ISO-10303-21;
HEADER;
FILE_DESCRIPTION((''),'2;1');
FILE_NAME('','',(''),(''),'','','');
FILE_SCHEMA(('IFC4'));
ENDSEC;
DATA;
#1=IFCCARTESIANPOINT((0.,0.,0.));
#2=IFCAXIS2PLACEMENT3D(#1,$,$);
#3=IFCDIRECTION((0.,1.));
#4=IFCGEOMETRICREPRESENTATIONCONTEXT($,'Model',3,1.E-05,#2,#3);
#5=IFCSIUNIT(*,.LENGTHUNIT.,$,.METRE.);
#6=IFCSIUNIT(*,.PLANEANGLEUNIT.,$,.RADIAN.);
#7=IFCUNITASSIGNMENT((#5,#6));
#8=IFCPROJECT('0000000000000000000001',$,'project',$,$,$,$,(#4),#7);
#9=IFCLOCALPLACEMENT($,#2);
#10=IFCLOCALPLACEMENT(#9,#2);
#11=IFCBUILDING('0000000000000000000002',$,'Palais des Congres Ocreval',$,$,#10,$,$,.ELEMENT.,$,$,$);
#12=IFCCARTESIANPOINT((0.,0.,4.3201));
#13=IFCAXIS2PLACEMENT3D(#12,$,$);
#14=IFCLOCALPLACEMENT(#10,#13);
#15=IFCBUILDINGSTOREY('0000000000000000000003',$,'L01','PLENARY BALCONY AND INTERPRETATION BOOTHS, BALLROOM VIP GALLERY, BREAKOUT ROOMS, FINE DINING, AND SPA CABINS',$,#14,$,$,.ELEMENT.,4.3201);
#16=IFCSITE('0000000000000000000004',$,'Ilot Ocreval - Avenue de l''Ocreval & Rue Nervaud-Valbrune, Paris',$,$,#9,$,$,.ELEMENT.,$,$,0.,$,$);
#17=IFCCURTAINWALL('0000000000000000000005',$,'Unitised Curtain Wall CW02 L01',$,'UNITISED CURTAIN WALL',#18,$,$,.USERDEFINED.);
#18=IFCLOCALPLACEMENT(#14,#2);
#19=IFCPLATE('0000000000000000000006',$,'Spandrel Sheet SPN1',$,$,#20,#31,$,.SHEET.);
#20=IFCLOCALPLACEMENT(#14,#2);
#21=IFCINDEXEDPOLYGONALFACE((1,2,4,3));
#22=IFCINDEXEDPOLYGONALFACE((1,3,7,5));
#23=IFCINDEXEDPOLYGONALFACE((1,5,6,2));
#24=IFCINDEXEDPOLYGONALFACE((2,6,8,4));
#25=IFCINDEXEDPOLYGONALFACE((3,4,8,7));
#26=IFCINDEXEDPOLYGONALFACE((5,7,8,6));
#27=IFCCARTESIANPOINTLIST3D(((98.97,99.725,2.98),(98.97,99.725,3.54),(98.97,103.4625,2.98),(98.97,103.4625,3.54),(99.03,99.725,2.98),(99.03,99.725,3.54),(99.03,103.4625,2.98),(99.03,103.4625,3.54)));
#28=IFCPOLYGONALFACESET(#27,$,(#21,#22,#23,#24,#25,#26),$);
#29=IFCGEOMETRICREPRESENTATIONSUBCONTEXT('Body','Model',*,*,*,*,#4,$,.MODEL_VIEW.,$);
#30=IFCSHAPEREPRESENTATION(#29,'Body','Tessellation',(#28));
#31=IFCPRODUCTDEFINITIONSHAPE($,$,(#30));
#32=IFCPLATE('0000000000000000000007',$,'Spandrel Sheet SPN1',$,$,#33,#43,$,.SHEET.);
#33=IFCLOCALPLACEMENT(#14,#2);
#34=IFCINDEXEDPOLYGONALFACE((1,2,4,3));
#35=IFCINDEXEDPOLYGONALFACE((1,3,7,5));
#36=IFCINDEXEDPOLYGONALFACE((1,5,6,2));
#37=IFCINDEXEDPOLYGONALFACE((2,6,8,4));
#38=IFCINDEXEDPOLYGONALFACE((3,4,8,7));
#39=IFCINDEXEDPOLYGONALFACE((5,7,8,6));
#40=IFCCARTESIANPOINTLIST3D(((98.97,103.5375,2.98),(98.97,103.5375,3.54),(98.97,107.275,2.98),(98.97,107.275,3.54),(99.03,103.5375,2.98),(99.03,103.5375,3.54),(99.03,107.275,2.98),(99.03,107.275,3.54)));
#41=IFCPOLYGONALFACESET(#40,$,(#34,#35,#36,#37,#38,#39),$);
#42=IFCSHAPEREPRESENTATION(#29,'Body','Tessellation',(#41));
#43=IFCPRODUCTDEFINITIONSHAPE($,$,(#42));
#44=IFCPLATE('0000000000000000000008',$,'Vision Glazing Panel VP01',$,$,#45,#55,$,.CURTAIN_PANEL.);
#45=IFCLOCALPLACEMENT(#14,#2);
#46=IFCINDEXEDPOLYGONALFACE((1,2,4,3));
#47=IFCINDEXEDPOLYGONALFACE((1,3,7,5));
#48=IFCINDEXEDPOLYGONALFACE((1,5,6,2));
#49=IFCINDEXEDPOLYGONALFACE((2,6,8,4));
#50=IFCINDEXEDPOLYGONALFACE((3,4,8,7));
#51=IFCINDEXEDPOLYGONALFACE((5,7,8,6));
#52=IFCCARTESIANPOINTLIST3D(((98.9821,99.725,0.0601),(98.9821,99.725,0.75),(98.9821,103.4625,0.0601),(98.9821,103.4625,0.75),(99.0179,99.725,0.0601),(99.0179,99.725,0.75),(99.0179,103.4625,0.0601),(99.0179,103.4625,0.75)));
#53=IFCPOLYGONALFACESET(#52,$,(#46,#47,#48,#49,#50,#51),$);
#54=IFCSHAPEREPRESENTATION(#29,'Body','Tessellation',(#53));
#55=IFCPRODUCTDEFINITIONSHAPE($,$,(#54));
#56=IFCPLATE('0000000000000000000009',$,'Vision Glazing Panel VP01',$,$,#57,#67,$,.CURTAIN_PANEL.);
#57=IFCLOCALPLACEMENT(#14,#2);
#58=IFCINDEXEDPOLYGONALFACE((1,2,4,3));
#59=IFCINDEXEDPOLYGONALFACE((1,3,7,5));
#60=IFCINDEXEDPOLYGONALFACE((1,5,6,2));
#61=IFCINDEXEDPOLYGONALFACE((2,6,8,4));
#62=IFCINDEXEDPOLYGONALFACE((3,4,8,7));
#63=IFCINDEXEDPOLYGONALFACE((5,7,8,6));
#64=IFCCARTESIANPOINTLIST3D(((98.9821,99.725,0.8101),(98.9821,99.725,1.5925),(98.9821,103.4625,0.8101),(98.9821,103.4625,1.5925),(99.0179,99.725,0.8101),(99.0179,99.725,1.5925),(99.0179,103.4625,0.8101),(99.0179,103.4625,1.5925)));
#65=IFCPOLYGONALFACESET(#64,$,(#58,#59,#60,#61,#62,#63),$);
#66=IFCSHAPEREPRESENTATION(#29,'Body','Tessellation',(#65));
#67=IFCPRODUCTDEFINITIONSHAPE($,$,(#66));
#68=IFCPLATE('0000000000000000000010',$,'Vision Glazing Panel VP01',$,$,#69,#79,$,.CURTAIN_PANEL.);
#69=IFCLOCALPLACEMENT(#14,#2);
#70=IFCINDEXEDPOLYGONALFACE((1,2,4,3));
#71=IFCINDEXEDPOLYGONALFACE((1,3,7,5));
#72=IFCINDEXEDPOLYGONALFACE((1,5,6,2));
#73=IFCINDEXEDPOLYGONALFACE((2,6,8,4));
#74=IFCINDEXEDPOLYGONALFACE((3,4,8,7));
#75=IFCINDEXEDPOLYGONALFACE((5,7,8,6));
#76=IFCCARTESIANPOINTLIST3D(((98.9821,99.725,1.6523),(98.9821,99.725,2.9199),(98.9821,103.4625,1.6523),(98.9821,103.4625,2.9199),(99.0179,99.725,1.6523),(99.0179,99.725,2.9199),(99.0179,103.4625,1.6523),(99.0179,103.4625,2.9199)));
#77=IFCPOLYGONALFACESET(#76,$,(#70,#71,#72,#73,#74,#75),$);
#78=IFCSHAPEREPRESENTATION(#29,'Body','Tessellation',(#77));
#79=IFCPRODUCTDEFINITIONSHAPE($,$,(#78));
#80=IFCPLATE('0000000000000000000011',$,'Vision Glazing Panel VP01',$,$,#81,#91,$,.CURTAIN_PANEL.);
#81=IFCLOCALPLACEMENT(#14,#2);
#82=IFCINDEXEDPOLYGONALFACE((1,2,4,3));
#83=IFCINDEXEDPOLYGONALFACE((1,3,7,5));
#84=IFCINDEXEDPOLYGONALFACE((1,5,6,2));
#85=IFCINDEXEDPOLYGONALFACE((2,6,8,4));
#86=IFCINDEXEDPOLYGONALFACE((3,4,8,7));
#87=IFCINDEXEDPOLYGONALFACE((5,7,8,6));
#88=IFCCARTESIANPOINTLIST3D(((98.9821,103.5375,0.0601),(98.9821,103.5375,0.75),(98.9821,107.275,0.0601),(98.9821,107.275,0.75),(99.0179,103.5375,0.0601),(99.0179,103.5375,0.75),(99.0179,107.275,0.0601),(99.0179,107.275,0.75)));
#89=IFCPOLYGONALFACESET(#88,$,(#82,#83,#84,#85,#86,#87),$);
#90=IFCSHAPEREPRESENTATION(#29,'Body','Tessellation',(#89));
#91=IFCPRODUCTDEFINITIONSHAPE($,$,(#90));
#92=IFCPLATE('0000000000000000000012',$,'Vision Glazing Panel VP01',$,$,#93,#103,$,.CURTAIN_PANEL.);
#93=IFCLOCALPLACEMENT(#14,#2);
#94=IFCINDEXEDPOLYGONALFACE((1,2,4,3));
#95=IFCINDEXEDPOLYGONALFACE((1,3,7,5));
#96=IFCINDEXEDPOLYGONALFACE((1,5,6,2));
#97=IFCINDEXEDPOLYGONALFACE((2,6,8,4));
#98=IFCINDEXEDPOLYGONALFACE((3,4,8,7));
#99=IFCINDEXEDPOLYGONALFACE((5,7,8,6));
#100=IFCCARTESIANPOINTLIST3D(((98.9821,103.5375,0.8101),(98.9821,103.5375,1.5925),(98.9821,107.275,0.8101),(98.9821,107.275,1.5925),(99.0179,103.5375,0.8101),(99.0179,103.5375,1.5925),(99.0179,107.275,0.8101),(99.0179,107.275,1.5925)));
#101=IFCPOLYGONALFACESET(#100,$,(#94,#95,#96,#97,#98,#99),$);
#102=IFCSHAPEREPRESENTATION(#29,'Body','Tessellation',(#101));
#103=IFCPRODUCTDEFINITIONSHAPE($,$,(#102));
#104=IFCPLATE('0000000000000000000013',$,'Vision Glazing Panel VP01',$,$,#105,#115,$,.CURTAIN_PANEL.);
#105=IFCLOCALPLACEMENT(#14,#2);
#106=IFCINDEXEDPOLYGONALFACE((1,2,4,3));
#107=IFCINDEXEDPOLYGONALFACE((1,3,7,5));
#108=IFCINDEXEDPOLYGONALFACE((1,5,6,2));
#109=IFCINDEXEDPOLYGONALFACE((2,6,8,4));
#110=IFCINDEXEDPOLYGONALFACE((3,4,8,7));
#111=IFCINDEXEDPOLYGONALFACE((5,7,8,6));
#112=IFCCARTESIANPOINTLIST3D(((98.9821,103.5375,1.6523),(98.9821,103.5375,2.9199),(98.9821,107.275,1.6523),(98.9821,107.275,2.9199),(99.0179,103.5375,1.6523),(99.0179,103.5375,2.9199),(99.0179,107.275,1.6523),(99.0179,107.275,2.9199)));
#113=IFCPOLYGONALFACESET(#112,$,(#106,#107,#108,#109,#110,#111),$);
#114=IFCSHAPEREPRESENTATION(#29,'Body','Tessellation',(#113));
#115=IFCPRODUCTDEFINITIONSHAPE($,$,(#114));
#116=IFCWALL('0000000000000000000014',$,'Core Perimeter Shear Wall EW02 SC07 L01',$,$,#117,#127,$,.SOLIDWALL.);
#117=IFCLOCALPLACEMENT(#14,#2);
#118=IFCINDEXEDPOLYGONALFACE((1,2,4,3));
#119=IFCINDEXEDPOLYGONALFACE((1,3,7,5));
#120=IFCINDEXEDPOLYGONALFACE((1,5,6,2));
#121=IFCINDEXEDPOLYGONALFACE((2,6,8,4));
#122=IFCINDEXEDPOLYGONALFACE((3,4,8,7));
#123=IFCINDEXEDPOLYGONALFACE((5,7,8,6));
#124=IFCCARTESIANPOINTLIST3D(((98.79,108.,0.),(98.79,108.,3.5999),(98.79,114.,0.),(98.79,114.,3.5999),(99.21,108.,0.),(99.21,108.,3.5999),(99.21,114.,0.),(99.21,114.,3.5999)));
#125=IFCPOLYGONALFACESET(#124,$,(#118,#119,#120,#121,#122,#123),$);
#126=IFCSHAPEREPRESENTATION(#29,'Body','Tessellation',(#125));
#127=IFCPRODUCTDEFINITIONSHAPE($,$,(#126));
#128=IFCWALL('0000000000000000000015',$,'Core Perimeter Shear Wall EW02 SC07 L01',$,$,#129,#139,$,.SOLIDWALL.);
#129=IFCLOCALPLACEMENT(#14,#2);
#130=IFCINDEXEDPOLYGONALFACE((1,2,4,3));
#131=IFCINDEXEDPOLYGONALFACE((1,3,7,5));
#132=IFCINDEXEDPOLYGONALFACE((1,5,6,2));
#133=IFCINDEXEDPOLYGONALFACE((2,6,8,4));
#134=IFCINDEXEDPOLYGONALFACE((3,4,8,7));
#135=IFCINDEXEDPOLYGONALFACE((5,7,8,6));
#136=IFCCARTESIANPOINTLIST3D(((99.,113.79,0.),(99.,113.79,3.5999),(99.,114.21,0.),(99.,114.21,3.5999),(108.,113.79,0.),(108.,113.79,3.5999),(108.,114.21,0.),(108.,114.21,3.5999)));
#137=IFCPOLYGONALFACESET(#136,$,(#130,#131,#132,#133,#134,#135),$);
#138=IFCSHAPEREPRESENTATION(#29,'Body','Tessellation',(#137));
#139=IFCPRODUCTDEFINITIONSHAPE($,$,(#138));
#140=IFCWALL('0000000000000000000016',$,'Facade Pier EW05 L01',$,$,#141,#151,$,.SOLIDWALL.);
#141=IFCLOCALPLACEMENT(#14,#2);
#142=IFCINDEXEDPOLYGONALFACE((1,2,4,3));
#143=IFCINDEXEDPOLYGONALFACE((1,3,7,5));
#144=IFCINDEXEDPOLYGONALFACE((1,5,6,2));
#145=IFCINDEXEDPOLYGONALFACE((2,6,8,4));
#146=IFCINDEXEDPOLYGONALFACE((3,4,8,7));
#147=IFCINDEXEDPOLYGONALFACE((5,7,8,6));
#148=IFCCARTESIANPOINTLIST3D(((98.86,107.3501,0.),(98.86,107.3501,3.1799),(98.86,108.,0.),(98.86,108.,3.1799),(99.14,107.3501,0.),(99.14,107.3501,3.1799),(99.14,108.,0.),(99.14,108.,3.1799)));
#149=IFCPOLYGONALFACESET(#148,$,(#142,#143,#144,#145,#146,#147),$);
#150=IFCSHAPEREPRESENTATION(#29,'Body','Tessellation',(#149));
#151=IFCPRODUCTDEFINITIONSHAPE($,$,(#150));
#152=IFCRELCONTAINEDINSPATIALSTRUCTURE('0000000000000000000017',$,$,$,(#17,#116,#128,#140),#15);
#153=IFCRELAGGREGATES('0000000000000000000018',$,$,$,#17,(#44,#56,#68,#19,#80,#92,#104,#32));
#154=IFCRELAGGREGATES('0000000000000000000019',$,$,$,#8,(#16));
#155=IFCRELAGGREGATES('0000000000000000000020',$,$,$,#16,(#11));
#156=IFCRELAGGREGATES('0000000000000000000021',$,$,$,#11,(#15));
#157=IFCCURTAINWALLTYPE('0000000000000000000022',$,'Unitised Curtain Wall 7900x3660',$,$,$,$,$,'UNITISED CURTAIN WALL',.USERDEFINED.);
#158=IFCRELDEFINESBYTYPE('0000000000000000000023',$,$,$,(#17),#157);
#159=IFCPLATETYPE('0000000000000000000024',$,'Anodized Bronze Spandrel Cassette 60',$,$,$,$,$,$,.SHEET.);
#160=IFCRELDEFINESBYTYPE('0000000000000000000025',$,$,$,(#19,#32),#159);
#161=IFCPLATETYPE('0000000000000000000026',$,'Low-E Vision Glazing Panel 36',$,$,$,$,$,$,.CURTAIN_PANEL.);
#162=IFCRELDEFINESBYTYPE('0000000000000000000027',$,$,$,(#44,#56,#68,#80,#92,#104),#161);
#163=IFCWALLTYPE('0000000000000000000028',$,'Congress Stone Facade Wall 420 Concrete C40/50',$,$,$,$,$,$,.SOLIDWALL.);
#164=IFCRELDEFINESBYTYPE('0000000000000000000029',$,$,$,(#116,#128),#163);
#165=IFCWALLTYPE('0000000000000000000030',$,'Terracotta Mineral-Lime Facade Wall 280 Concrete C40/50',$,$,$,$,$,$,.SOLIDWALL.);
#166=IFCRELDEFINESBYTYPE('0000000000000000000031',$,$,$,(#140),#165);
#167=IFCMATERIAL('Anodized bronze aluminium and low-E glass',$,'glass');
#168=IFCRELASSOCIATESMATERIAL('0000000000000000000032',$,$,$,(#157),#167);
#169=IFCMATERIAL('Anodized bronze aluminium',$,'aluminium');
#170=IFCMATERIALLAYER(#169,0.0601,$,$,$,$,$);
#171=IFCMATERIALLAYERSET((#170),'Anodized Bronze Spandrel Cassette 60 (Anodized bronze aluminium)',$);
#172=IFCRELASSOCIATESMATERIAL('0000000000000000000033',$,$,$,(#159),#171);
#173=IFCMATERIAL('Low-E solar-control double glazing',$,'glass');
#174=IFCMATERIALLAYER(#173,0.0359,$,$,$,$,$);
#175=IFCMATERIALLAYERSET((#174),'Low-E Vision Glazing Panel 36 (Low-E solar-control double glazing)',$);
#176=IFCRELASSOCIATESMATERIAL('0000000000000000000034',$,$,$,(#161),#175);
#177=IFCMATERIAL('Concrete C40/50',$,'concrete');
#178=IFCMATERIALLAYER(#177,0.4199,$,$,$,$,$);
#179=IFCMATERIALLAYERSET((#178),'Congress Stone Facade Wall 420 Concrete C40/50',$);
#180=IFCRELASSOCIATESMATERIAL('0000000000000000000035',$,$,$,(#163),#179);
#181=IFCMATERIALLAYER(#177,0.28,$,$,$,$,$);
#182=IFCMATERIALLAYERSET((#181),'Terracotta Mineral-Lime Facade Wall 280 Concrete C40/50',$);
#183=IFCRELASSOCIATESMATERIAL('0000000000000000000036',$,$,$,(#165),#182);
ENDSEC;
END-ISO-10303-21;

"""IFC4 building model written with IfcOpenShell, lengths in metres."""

from ifc_helpers import new_model, si_unit, direction, frame, frame_2d, origin, origin_2d, place, context, subcontext, project, spatial, rectangle, extrude, material, layer, layer_set, type_object, element, aggregate, save


model = new_model("IFC4")

# Units and contexts
model_context = context("Model", 3, precision=1e-05, world=origin(), true_north=direction((0.0, 1.0)))
body_context = subcontext(model_context, "Body", "Model", "MODEL_VIEW")
ifc_project = project(units=[si_unit("LENGTHUNIT", "METRE"), si_unit("PLANEANGLEUNIT", "RADIAN")], contexts=[model_context])

# Site, building, storey
site_placement = place(None, origin())
site = spatial("IfcSite", under=ifc_project, at=site_placement, Name="Ilot Ocreval - Avenue de l'Ocreval & Rue Nervaud-Valbrune, Paris", CompositionType="ELEMENT", RefElevation=0.0)
building_placement = place(site_placement, origin())
building = spatial("IfcBuilding", under=site, at=building_placement, Name="Palais des Congres Ocreval", CompositionType="ELEMENT")
storey_placement = place(building_placement, frame((0.0, 0.0, 4.3201)))
storey = spatial("IfcBuildingStorey", under=building, at=storey_placement, Name="L01", Description="PLENARY BALCONY AND INTERPRETATION BOOTHS, BALLROOM VIP GALLERY, BREAKOUT ROOMS, FINE DINING, AND SPA CABINS", CompositionType="ELEMENT", Elevation=4.3201)

# Curtain wall
ifc_material_1 = material(Name="Anodized bronze aluminium and low-E glass", Category="glass")
curtain_wall_type = type_object("IfcCurtainWallType", Name="Unitised Curtain Wall 7900x3660", ElementType="UNITISED CURTAIN WALL", PredefinedType="USERDEFINED", material=ifc_material_1)
curtain_wall_placement = place(storey_placement, origin())
curtain_wall = element("IfcCurtainWall", 1, at=curtain_wall_placement, inside=storey, type_object=curtain_wall_type, Name="Unitised Curtain Wall CW02 L01", ObjectType="UNITISED CURTAIN WALL", PredefinedType="USERDEFINED")
ifc_material_2 = material(Name="Anodized bronze aluminium", Category="aluminium")

# Plates
ifc_layer_1 = layer(ifc_material_2, 0.0601)
ifc_layer_set_1 = layer_set([ifc_layer_1], Name="Anodized Bronze Spandrel Cassette 60 (Anodized bronze aluminium)")
plate_type_1 = type_object("IfcPlateType", Name="Anodized Bronze Spandrel Cassette 60", PredefinedType="SHEET", material=ifc_layer_set_1)
plate_1_placement = place(storey_placement, frame((99.0, 101.5938, 2.98), z_axis=(0.0, 0.0, 1.0), x_axis=(0.0, 1.0, 0.0)))
plate_1 = element("IfcPlate", 2, at=plate_1_placement, type_object=plate_type_1, Name="Spandrel Sheet SPN1", PredefinedType="SHEET", context=body_context, shape_type="SweptSolid", body=[
    extrude(rectangle(XDim=3.7375, YDim=0.0601, at=origin_2d()), origin(), (0.0, 0.0, 1.0), 0.5601),
])
plate_2_placement = place(storey_placement, frame((99.0, 105.4062, 2.98), z_axis=(0.0, 0.0, 1.0), x_axis=(0.0, 1.0, 0.0)))
plate_2 = element("IfcPlate", 3, at=plate_2_placement, type_object=plate_type_1, Name="Spandrel Sheet SPN1", PredefinedType="SHEET", context=body_context, shape_type="SweptSolid", body=[
    extrude(rectangle(XDim=3.7375, YDim=0.0601, at=origin_2d()), origin(), (0.0, 0.0, 1.0), 0.5601),
])
ifc_material_3 = material(Name="Low-E solar-control double glazing", Category="glass")
ifc_layer_2 = layer(ifc_material_3, 0.0359)
ifc_layer_set_2 = layer_set([ifc_layer_2], Name="Low-E Vision Glazing Panel 36 (Low-E solar-control double glazing)")
plate_type_2 = type_object("IfcPlateType", Name="Low-E Vision Glazing Panel 36", PredefinedType="CURTAIN_PANEL", material=ifc_layer_set_2)
plate_3_placement = place(storey_placement, frame((99.0, 101.5938, 0.0601), z_axis=(0.0, 0.0, 1.0), x_axis=(0.0, 1.0, 0.0)))
plate_3 = element("IfcPlate", 4, at=plate_3_placement, type_object=plate_type_2, Name="Vision Glazing Panel VP01", PredefinedType="CURTAIN_PANEL", context=body_context, shape_type="SweptSolid", body=[
    extrude(rectangle(XDim=3.7375, YDim=0.0359, at=origin_2d()), origin(), (0.0, 0.0, 1.0), 0.6899),
])
plate_4_placement = place(storey_placement, frame((99.0, 101.5938, 0.8101), z_axis=(0.0, 0.0, 1.0), x_axis=(0.0, 1.0, 0.0)))
plate_4 = element("IfcPlate", 5, at=plate_4_placement, type_object=plate_type_2, Name="Vision Glazing Panel VP01", PredefinedType="CURTAIN_PANEL", context=body_context, shape_type="SweptSolid", body=[
    extrude(rectangle(XDim=3.7375, YDim=0.0359, at=origin_2d()), origin(), (0.0, 0.0, 1.0), 0.7825),
])
plate_5_placement = place(storey_placement, frame((99.0, 101.5938, 1.6523), z_axis=(0.0, 0.0, 1.0), x_axis=(0.0, 1.0, 0.0)))
plate_5 = element("IfcPlate", 6, at=plate_5_placement, type_object=plate_type_2, Name="Vision Glazing Panel VP01", PredefinedType="CURTAIN_PANEL", context=body_context, shape_type="SweptSolid", body=[
    extrude(rectangle(XDim=3.7375, YDim=0.0359, at=origin_2d()), origin(), (0.0, 0.0, 1.0), 1.2676),
])
plate_6_placement = place(storey_placement, frame((99.0, 105.4062, 0.0601), z_axis=(0.0, 0.0, 1.0), x_axis=(0.0, 1.0, 0.0)))
plate_6 = element("IfcPlate", 7, at=plate_6_placement, type_object=plate_type_2, Name="Vision Glazing Panel VP01", PredefinedType="CURTAIN_PANEL", context=body_context, shape_type="SweptSolid", body=[
    extrude(rectangle(XDim=3.7375, YDim=0.0359, at=origin_2d()), origin(), (0.0, 0.0, 1.0), 0.6899),
])
plate_7_placement = place(storey_placement, frame((99.0, 105.4062, 0.8101), z_axis=(0.0, 0.0, 1.0), x_axis=(0.0, 1.0, 0.0)))
plate_7 = element("IfcPlate", 8, at=plate_7_placement, type_object=plate_type_2, Name="Vision Glazing Panel VP01", PredefinedType="CURTAIN_PANEL", context=body_context, shape_type="SweptSolid", body=[
    extrude(rectangle(XDim=3.7375, YDim=0.0359, at=origin_2d()), origin(), (0.0, 0.0, 1.0), 0.7825),
])
plate_8_placement = place(storey_placement, frame((99.0, 105.4062, 1.6523), z_axis=(0.0, 0.0, 1.0), x_axis=(0.0, 1.0, 0.0)))
plate_8 = element("IfcPlate", 9, at=plate_8_placement, type_object=plate_type_2, Name="Vision Glazing Panel VP01", PredefinedType="CURTAIN_PANEL", context=body_context, shape_type="SweptSolid", body=[
    extrude(rectangle(XDim=3.7375, YDim=0.0359, at=origin_2d()), origin(), (0.0, 0.0, 1.0), 1.2676),
])
aggregate(curtain_wall, [plate_3, plate_4, plate_5, plate_1, plate_6, plate_7, plate_8, plate_2])

# Walls
ifc_material_4 = material(Name="Concrete C40/50", Category="concrete")
ifc_layer_3 = layer(ifc_material_4, 0.4199)
ifc_layer_set_3 = layer_set([ifc_layer_3], Name="Congress Stone Facade Wall 420 Concrete C40/50")
wall_type_1 = type_object("IfcWallType", Name="Congress Stone Facade Wall 420 Concrete C40/50", PredefinedType="SOLIDWALL", material=ifc_layer_set_3)
wall_1_placement = place(storey_placement, frame((99.0, 108.0, 0.0), z_axis=(0.0, 0.0, 1.0), x_axis=(0.0, 1.0, 0.0)))
element("IfcWall", 10, at=wall_1_placement, inside=storey, type_object=wall_type_1, Name="Core Perimeter Shear Wall EW02 SC07 L01", PredefinedType="SOLIDWALL", context=body_context, shape_type="SweptSolid", body=[
    extrude(rectangle(XDim=6.0, YDim=0.4199, at=frame_2d((3.0, 0.0))), origin(), (0.0, 0.0, 1.0), 3.5999),
])
wall_2_placement = place(storey_placement, frame((99.0, 114.0, 0.0), z_axis=(0.0, 0.0, 1.0), x_axis=(1.0, 0.0, 0.0)))
element("IfcWall", 11, at=wall_2_placement, inside=storey, type_object=wall_type_1, Name="Core Perimeter Shear Wall EW02 SC07 L01", PredefinedType="SOLIDWALL", context=body_context, shape_type="SweptSolid", body=[
    extrude(rectangle(XDim=9.0, YDim=0.4199, at=frame_2d((4.5, 0.0))), origin(), (0.0, 0.0, 1.0), 3.5999),
])
ifc_layer_4 = layer(ifc_material_4, 0.28)
ifc_layer_set_4 = layer_set([ifc_layer_4], Name="Terracotta Mineral-Lime Facade Wall 280 Concrete C40/50")
wall_type_2 = type_object("IfcWallType", Name="Terracotta Mineral-Lime Facade Wall 280 Concrete C40/50", PredefinedType="SOLIDWALL", material=ifc_layer_set_4)
wall_3_placement = place(storey_placement, frame((99.0, 107.3501, 0.0), z_axis=(0.0, 0.0, 1.0), x_axis=(0.0, 1.0, 0.0)))
element("IfcWall", 12, at=wall_3_placement, inside=storey, type_object=wall_type_2, Name="Facade Pier EW05 L01", PredefinedType="SOLIDWALL", context=body_context, shape_type="SweptSolid", body=[
    extrude(rectangle(XDim=0.6499, YDim=0.28, at=frame_2d((0.325, 0.0))), origin(), (0.0, 0.0, 1.0), 3.1799),
])

save(model, "model.ifc")
